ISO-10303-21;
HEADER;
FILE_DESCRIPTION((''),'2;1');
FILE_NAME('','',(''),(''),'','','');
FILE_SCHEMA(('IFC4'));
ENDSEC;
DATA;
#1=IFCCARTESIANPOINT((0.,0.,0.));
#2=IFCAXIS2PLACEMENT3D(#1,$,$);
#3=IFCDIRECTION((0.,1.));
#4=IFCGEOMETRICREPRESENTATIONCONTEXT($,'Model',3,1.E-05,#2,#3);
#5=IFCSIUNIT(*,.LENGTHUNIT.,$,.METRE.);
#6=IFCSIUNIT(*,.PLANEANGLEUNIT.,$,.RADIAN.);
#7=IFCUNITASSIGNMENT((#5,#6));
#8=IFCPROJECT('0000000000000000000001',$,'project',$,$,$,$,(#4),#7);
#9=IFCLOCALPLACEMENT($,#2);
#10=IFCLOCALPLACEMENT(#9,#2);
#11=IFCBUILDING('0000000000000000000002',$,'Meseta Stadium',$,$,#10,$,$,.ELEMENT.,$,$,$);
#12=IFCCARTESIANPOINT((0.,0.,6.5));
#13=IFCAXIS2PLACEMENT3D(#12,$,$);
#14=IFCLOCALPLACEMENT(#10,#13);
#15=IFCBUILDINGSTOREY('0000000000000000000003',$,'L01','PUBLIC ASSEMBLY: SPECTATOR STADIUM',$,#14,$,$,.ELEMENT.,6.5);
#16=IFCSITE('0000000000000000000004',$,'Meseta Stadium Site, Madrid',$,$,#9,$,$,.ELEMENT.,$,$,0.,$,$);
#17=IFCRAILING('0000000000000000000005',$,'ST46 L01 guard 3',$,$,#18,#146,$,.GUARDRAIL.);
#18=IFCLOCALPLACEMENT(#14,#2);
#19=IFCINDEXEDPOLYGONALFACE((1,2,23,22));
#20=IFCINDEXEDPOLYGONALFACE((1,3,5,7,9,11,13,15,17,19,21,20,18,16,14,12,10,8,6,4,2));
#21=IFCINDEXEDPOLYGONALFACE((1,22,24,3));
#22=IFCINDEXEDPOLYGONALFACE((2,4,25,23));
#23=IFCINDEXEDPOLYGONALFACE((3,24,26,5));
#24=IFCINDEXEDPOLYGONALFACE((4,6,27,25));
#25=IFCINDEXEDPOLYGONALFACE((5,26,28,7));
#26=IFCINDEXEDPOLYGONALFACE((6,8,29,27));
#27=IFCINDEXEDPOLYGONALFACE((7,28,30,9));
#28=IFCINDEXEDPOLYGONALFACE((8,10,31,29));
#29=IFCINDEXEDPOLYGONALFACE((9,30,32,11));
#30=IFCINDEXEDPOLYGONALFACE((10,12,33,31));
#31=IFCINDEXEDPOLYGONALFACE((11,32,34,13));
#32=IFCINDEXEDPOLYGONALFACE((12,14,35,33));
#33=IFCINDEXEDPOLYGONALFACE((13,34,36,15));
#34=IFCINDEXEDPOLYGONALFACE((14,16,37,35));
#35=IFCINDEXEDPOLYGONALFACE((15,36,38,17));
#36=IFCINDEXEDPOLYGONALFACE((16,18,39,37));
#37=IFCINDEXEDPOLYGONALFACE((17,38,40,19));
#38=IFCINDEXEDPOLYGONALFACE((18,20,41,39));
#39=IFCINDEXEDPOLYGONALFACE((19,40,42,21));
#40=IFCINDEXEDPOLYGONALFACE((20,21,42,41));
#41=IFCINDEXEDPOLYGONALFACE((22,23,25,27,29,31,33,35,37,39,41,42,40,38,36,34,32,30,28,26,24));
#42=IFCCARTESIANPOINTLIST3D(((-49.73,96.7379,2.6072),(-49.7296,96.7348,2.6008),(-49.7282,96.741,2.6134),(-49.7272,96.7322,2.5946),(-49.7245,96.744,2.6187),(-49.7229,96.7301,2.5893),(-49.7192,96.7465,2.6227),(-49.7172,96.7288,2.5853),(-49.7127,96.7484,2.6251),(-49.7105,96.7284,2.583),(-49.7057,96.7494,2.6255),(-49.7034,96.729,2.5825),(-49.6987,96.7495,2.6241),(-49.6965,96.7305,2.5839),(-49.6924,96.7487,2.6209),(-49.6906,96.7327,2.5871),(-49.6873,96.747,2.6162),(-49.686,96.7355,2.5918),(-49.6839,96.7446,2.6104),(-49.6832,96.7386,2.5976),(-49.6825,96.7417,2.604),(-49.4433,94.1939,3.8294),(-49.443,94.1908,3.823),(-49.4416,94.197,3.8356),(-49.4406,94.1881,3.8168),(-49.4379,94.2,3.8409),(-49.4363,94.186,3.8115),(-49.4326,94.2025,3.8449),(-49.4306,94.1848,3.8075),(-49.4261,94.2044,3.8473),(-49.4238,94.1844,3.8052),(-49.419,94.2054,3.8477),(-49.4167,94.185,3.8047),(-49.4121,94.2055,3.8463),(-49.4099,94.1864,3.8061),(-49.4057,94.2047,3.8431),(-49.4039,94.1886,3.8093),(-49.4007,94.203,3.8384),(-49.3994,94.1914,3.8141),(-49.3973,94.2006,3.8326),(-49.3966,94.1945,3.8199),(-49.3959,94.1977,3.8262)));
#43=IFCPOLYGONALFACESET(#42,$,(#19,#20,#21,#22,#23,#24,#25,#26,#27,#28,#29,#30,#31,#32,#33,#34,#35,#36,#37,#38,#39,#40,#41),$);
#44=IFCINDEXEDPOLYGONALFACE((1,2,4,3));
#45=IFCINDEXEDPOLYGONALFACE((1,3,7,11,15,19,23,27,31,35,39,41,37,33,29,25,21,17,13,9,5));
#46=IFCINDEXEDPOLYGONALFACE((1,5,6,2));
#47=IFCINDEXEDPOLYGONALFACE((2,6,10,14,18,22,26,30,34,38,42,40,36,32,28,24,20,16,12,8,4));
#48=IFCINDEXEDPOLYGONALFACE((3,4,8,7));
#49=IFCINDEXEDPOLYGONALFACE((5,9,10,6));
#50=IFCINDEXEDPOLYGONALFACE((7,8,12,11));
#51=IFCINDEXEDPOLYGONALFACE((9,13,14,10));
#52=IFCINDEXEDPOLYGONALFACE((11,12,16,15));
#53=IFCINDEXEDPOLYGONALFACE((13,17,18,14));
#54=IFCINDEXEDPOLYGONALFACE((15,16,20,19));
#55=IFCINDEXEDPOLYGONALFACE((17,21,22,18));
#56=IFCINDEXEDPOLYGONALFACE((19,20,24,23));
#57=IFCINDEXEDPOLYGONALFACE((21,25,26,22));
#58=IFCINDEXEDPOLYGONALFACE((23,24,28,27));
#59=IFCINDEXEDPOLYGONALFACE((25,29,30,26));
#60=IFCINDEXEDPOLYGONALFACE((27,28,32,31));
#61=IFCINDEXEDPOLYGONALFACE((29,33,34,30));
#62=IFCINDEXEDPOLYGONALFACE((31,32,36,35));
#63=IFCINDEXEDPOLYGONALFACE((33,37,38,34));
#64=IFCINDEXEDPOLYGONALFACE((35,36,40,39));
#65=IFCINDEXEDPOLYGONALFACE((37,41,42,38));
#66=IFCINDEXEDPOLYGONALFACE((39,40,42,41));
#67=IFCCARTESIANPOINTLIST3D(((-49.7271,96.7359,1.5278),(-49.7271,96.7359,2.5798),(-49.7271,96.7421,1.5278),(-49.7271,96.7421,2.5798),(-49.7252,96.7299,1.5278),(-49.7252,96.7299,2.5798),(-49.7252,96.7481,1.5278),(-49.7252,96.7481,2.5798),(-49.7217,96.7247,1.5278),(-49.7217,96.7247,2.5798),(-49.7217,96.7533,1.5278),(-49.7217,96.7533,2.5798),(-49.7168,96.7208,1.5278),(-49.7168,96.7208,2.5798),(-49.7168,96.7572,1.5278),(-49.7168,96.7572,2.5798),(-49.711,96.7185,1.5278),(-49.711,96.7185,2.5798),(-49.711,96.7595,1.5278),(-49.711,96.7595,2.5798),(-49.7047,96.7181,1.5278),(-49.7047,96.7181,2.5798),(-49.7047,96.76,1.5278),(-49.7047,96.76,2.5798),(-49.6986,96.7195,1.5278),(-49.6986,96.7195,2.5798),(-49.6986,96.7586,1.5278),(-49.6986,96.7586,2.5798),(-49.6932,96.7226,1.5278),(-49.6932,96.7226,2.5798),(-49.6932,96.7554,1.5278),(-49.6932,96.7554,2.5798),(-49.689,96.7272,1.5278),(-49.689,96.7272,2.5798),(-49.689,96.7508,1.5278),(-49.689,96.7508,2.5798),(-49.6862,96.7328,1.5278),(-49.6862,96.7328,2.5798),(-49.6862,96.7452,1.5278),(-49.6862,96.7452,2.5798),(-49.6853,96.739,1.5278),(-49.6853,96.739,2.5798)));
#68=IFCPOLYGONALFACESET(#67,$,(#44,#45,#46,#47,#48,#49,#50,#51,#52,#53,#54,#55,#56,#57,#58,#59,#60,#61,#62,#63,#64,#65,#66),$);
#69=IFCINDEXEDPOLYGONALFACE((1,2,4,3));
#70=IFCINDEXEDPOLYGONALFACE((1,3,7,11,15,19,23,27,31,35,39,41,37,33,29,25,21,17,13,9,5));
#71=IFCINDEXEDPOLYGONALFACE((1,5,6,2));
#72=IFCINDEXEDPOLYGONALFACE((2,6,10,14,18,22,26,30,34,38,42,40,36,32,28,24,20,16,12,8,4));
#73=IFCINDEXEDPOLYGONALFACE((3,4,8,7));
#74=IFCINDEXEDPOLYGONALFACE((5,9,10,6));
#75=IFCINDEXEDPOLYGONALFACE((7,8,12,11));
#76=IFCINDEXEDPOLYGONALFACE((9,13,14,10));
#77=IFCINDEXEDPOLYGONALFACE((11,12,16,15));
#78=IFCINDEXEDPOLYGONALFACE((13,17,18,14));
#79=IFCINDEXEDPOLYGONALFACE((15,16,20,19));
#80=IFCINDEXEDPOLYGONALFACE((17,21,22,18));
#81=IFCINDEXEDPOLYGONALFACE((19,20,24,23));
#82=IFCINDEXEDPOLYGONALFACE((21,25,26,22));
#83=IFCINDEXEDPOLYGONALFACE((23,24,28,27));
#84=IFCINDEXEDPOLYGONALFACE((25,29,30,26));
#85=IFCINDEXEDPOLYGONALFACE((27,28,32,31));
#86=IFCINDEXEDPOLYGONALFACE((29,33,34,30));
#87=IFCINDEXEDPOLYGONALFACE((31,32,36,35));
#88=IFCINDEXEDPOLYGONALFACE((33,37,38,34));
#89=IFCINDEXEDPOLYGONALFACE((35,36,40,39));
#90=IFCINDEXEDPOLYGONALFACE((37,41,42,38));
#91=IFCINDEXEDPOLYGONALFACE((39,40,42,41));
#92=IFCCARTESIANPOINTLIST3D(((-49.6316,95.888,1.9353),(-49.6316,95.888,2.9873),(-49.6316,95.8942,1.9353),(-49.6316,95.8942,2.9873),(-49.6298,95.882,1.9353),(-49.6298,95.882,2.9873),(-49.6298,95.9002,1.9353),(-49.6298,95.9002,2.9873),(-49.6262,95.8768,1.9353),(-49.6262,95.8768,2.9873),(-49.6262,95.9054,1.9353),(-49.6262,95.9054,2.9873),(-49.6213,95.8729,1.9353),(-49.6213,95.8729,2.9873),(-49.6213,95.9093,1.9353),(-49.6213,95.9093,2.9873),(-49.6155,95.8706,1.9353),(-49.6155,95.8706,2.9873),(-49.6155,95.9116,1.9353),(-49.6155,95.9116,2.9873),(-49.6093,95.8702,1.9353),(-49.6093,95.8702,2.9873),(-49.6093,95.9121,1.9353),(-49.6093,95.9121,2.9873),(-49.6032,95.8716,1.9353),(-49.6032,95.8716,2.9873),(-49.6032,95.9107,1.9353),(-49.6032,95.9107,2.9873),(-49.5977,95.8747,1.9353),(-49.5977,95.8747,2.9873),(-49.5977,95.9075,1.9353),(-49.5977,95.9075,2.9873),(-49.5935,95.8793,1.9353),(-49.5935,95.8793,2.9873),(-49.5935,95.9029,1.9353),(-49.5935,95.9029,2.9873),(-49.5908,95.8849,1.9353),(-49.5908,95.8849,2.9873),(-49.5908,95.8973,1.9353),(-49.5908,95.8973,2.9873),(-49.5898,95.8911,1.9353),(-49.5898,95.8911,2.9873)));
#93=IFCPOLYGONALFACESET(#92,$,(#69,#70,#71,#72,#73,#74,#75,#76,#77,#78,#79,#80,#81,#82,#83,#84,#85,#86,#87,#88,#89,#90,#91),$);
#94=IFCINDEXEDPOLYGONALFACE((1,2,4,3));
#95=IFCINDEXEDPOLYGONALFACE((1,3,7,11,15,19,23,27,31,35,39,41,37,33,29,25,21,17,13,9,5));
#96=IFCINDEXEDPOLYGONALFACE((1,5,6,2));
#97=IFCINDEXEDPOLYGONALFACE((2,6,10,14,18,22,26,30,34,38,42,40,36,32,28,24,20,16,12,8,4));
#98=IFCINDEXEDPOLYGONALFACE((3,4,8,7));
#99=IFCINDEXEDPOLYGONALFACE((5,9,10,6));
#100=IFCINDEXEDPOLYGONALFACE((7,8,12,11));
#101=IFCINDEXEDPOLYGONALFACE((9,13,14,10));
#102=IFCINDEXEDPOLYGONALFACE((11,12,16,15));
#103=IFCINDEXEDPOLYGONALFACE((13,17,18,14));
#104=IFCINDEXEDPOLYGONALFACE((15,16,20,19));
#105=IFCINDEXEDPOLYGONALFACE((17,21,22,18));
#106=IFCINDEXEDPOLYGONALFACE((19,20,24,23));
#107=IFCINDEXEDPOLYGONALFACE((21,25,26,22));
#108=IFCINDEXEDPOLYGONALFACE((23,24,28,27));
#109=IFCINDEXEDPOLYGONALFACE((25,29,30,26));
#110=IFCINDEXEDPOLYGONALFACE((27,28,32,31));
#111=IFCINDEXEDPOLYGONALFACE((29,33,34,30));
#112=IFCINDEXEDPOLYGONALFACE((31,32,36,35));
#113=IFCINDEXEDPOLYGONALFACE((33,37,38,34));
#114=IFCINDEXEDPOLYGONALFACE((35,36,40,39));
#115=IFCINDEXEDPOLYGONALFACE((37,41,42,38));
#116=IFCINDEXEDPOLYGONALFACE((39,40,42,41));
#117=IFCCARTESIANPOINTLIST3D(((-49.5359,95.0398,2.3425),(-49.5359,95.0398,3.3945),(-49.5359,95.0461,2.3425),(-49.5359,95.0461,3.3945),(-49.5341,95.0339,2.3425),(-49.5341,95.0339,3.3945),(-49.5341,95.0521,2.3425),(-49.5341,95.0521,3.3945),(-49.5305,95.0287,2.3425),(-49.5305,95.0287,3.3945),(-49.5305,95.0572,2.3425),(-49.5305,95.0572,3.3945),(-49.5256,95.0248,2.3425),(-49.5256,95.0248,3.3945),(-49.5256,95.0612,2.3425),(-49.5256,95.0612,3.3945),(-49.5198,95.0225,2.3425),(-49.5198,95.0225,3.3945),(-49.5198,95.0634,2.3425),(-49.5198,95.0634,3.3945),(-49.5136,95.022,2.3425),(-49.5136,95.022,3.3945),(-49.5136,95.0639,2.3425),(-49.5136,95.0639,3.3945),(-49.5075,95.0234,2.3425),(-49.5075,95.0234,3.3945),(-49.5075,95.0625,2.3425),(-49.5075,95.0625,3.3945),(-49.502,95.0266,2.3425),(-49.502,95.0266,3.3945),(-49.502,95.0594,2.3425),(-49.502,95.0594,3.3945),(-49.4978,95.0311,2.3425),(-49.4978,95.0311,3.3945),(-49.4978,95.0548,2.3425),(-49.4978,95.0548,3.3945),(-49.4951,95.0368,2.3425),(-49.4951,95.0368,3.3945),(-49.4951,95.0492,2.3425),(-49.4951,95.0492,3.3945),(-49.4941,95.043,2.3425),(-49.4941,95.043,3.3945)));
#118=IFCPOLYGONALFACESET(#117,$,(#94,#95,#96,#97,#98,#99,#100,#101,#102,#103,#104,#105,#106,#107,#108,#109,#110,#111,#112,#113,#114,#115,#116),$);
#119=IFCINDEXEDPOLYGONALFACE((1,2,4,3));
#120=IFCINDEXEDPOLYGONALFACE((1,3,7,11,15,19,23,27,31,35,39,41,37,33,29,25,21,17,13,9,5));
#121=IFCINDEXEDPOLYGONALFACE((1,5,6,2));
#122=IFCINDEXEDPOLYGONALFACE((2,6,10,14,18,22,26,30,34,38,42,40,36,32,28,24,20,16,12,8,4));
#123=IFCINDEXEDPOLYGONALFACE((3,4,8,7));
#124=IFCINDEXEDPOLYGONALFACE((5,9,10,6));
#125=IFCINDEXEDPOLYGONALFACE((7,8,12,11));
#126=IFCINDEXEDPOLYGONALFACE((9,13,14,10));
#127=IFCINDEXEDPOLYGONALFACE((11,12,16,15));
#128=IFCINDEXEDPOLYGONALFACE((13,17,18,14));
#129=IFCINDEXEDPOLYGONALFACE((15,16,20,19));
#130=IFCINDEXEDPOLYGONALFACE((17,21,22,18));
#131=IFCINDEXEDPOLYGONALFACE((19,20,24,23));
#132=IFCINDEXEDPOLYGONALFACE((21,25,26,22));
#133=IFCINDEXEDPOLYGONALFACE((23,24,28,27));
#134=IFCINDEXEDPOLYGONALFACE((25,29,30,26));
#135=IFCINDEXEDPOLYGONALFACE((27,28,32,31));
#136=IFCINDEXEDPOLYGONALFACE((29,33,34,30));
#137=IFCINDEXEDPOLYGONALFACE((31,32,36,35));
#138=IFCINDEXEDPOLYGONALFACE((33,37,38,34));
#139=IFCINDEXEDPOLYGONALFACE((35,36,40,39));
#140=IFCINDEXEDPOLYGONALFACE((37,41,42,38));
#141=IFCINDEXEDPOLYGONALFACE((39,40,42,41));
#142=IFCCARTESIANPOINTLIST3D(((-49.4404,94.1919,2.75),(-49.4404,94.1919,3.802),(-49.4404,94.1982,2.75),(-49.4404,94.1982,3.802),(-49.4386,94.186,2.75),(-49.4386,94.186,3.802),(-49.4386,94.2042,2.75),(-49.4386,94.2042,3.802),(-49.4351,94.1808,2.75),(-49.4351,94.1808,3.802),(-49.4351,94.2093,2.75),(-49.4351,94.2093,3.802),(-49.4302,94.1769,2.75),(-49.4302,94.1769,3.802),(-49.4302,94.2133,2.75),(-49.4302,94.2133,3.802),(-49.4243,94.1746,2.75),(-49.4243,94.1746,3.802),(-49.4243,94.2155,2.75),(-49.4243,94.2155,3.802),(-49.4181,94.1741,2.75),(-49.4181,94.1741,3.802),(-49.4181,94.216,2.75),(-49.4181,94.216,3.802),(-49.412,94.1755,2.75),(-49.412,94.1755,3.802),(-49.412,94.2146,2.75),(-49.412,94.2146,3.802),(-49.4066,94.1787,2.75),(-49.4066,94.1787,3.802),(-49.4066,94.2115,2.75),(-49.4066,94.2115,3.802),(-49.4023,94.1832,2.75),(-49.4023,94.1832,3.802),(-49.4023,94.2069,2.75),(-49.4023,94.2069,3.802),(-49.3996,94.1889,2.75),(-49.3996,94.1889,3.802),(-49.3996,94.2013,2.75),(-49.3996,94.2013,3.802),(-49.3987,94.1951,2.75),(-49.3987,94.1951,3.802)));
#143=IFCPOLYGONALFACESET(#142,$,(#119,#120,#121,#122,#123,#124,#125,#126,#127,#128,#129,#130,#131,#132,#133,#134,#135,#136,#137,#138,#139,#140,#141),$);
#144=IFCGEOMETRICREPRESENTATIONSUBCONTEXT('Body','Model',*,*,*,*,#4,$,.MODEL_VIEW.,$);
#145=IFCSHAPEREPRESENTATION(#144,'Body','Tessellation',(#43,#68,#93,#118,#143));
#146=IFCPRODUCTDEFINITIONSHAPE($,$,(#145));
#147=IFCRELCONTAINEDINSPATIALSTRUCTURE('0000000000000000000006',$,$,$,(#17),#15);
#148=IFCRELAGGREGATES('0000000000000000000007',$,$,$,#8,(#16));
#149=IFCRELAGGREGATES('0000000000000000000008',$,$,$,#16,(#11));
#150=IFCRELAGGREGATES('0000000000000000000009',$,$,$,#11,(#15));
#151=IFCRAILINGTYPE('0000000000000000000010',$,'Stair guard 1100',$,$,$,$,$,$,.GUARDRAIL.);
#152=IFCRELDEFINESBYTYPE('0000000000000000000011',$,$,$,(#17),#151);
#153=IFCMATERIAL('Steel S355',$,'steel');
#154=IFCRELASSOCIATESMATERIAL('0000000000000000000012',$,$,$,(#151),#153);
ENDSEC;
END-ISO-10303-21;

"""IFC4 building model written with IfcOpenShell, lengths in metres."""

from ifc_helpers import new_model, si_unit, direction, frame, origin, origin_2d, place, context, subcontext, project, spatial, circle, extrude, material, type_object, element, save


model = new_model("IFC4")

# Units and contexts
model_context = context("Model", 3, precision=1e-05, world=origin(), true_north=direction((0.0, 1.0)))
body_context = subcontext(model_context, "Body", "Model", "MODEL_VIEW")
ifc_project = project(units=[si_unit("LENGTHUNIT", "METRE"), si_unit("PLANEANGLEUNIT", "RADIAN")], contexts=[model_context])

# Site, building, storey
site_placement = place(None, origin())
site = spatial("IfcSite", under=ifc_project, at=site_placement, Name="Meseta Stadium Site, Madrid", CompositionType="ELEMENT", RefElevation=0.0)
building_placement = place(site_placement, origin())
building = spatial("IfcBuilding", under=site, at=building_placement, Name="Meseta Stadium", CompositionType="ELEMENT")
storey_placement = place(building_placement, frame((0.0, 0.0, 6.5)))
storey = spatial("IfcBuildingStorey", under=building, at=storey_placement, Name="L01", Description="PUBLIC ASSEMBLY: SPECTATOR STADIUM", CompositionType="ELEMENT", Elevation=6.5)

# Railing
ifc_material_1 = material(Name="Steel S355", Category="steel")
railing_type_1 = type_object("IfcRailingType", Name="Stair guard 1100", PredefinedType="GUARDRAIL", material=ifc_material_1)
railing_1_placement = place(storey_placement, frame((-49.7063, 96.739, 1.5278)))
element("IfcRailing", 1, at=railing_1_placement, inside=storey, type_object=railing_type_1, Name="ST46 L01 guard 3", PredefinedType="GUARDRAIL", context=body_context, shape_type="SweptSolid", body=[
    extrude(circle(Radius=0.0239, at=origin_2d()), frame((0.0, 0.0, 1.0762), z_axis=(0.101036, -0.896762, 0.430824), x_axis=(0.993713, 0.11196, 0.0)), (0.0, 0.0, 1.0), 2.8369),
    extrude(circle(Radius=0.021, at=origin_2d()), origin(), (0.0, 0.0, 1.0), 1.052),
    extrude(circle(Radius=0.021, at=origin_2d()), frame((0.0955, -0.8479, 0.4075)), (0.0, 0.0, 1.0), 1.052),
    extrude(circle(Radius=0.021, at=origin_2d()), frame((0.1912, -1.696, 0.8147)), (0.0, 0.0, 1.0), 1.052),
    extrude(circle(Radius=0.021, at=origin_2d()), frame((0.2866, -2.5439, 1.2222)), (0.0, 0.0, 1.0), 1.052),
])

save(model, "model.ifc")
